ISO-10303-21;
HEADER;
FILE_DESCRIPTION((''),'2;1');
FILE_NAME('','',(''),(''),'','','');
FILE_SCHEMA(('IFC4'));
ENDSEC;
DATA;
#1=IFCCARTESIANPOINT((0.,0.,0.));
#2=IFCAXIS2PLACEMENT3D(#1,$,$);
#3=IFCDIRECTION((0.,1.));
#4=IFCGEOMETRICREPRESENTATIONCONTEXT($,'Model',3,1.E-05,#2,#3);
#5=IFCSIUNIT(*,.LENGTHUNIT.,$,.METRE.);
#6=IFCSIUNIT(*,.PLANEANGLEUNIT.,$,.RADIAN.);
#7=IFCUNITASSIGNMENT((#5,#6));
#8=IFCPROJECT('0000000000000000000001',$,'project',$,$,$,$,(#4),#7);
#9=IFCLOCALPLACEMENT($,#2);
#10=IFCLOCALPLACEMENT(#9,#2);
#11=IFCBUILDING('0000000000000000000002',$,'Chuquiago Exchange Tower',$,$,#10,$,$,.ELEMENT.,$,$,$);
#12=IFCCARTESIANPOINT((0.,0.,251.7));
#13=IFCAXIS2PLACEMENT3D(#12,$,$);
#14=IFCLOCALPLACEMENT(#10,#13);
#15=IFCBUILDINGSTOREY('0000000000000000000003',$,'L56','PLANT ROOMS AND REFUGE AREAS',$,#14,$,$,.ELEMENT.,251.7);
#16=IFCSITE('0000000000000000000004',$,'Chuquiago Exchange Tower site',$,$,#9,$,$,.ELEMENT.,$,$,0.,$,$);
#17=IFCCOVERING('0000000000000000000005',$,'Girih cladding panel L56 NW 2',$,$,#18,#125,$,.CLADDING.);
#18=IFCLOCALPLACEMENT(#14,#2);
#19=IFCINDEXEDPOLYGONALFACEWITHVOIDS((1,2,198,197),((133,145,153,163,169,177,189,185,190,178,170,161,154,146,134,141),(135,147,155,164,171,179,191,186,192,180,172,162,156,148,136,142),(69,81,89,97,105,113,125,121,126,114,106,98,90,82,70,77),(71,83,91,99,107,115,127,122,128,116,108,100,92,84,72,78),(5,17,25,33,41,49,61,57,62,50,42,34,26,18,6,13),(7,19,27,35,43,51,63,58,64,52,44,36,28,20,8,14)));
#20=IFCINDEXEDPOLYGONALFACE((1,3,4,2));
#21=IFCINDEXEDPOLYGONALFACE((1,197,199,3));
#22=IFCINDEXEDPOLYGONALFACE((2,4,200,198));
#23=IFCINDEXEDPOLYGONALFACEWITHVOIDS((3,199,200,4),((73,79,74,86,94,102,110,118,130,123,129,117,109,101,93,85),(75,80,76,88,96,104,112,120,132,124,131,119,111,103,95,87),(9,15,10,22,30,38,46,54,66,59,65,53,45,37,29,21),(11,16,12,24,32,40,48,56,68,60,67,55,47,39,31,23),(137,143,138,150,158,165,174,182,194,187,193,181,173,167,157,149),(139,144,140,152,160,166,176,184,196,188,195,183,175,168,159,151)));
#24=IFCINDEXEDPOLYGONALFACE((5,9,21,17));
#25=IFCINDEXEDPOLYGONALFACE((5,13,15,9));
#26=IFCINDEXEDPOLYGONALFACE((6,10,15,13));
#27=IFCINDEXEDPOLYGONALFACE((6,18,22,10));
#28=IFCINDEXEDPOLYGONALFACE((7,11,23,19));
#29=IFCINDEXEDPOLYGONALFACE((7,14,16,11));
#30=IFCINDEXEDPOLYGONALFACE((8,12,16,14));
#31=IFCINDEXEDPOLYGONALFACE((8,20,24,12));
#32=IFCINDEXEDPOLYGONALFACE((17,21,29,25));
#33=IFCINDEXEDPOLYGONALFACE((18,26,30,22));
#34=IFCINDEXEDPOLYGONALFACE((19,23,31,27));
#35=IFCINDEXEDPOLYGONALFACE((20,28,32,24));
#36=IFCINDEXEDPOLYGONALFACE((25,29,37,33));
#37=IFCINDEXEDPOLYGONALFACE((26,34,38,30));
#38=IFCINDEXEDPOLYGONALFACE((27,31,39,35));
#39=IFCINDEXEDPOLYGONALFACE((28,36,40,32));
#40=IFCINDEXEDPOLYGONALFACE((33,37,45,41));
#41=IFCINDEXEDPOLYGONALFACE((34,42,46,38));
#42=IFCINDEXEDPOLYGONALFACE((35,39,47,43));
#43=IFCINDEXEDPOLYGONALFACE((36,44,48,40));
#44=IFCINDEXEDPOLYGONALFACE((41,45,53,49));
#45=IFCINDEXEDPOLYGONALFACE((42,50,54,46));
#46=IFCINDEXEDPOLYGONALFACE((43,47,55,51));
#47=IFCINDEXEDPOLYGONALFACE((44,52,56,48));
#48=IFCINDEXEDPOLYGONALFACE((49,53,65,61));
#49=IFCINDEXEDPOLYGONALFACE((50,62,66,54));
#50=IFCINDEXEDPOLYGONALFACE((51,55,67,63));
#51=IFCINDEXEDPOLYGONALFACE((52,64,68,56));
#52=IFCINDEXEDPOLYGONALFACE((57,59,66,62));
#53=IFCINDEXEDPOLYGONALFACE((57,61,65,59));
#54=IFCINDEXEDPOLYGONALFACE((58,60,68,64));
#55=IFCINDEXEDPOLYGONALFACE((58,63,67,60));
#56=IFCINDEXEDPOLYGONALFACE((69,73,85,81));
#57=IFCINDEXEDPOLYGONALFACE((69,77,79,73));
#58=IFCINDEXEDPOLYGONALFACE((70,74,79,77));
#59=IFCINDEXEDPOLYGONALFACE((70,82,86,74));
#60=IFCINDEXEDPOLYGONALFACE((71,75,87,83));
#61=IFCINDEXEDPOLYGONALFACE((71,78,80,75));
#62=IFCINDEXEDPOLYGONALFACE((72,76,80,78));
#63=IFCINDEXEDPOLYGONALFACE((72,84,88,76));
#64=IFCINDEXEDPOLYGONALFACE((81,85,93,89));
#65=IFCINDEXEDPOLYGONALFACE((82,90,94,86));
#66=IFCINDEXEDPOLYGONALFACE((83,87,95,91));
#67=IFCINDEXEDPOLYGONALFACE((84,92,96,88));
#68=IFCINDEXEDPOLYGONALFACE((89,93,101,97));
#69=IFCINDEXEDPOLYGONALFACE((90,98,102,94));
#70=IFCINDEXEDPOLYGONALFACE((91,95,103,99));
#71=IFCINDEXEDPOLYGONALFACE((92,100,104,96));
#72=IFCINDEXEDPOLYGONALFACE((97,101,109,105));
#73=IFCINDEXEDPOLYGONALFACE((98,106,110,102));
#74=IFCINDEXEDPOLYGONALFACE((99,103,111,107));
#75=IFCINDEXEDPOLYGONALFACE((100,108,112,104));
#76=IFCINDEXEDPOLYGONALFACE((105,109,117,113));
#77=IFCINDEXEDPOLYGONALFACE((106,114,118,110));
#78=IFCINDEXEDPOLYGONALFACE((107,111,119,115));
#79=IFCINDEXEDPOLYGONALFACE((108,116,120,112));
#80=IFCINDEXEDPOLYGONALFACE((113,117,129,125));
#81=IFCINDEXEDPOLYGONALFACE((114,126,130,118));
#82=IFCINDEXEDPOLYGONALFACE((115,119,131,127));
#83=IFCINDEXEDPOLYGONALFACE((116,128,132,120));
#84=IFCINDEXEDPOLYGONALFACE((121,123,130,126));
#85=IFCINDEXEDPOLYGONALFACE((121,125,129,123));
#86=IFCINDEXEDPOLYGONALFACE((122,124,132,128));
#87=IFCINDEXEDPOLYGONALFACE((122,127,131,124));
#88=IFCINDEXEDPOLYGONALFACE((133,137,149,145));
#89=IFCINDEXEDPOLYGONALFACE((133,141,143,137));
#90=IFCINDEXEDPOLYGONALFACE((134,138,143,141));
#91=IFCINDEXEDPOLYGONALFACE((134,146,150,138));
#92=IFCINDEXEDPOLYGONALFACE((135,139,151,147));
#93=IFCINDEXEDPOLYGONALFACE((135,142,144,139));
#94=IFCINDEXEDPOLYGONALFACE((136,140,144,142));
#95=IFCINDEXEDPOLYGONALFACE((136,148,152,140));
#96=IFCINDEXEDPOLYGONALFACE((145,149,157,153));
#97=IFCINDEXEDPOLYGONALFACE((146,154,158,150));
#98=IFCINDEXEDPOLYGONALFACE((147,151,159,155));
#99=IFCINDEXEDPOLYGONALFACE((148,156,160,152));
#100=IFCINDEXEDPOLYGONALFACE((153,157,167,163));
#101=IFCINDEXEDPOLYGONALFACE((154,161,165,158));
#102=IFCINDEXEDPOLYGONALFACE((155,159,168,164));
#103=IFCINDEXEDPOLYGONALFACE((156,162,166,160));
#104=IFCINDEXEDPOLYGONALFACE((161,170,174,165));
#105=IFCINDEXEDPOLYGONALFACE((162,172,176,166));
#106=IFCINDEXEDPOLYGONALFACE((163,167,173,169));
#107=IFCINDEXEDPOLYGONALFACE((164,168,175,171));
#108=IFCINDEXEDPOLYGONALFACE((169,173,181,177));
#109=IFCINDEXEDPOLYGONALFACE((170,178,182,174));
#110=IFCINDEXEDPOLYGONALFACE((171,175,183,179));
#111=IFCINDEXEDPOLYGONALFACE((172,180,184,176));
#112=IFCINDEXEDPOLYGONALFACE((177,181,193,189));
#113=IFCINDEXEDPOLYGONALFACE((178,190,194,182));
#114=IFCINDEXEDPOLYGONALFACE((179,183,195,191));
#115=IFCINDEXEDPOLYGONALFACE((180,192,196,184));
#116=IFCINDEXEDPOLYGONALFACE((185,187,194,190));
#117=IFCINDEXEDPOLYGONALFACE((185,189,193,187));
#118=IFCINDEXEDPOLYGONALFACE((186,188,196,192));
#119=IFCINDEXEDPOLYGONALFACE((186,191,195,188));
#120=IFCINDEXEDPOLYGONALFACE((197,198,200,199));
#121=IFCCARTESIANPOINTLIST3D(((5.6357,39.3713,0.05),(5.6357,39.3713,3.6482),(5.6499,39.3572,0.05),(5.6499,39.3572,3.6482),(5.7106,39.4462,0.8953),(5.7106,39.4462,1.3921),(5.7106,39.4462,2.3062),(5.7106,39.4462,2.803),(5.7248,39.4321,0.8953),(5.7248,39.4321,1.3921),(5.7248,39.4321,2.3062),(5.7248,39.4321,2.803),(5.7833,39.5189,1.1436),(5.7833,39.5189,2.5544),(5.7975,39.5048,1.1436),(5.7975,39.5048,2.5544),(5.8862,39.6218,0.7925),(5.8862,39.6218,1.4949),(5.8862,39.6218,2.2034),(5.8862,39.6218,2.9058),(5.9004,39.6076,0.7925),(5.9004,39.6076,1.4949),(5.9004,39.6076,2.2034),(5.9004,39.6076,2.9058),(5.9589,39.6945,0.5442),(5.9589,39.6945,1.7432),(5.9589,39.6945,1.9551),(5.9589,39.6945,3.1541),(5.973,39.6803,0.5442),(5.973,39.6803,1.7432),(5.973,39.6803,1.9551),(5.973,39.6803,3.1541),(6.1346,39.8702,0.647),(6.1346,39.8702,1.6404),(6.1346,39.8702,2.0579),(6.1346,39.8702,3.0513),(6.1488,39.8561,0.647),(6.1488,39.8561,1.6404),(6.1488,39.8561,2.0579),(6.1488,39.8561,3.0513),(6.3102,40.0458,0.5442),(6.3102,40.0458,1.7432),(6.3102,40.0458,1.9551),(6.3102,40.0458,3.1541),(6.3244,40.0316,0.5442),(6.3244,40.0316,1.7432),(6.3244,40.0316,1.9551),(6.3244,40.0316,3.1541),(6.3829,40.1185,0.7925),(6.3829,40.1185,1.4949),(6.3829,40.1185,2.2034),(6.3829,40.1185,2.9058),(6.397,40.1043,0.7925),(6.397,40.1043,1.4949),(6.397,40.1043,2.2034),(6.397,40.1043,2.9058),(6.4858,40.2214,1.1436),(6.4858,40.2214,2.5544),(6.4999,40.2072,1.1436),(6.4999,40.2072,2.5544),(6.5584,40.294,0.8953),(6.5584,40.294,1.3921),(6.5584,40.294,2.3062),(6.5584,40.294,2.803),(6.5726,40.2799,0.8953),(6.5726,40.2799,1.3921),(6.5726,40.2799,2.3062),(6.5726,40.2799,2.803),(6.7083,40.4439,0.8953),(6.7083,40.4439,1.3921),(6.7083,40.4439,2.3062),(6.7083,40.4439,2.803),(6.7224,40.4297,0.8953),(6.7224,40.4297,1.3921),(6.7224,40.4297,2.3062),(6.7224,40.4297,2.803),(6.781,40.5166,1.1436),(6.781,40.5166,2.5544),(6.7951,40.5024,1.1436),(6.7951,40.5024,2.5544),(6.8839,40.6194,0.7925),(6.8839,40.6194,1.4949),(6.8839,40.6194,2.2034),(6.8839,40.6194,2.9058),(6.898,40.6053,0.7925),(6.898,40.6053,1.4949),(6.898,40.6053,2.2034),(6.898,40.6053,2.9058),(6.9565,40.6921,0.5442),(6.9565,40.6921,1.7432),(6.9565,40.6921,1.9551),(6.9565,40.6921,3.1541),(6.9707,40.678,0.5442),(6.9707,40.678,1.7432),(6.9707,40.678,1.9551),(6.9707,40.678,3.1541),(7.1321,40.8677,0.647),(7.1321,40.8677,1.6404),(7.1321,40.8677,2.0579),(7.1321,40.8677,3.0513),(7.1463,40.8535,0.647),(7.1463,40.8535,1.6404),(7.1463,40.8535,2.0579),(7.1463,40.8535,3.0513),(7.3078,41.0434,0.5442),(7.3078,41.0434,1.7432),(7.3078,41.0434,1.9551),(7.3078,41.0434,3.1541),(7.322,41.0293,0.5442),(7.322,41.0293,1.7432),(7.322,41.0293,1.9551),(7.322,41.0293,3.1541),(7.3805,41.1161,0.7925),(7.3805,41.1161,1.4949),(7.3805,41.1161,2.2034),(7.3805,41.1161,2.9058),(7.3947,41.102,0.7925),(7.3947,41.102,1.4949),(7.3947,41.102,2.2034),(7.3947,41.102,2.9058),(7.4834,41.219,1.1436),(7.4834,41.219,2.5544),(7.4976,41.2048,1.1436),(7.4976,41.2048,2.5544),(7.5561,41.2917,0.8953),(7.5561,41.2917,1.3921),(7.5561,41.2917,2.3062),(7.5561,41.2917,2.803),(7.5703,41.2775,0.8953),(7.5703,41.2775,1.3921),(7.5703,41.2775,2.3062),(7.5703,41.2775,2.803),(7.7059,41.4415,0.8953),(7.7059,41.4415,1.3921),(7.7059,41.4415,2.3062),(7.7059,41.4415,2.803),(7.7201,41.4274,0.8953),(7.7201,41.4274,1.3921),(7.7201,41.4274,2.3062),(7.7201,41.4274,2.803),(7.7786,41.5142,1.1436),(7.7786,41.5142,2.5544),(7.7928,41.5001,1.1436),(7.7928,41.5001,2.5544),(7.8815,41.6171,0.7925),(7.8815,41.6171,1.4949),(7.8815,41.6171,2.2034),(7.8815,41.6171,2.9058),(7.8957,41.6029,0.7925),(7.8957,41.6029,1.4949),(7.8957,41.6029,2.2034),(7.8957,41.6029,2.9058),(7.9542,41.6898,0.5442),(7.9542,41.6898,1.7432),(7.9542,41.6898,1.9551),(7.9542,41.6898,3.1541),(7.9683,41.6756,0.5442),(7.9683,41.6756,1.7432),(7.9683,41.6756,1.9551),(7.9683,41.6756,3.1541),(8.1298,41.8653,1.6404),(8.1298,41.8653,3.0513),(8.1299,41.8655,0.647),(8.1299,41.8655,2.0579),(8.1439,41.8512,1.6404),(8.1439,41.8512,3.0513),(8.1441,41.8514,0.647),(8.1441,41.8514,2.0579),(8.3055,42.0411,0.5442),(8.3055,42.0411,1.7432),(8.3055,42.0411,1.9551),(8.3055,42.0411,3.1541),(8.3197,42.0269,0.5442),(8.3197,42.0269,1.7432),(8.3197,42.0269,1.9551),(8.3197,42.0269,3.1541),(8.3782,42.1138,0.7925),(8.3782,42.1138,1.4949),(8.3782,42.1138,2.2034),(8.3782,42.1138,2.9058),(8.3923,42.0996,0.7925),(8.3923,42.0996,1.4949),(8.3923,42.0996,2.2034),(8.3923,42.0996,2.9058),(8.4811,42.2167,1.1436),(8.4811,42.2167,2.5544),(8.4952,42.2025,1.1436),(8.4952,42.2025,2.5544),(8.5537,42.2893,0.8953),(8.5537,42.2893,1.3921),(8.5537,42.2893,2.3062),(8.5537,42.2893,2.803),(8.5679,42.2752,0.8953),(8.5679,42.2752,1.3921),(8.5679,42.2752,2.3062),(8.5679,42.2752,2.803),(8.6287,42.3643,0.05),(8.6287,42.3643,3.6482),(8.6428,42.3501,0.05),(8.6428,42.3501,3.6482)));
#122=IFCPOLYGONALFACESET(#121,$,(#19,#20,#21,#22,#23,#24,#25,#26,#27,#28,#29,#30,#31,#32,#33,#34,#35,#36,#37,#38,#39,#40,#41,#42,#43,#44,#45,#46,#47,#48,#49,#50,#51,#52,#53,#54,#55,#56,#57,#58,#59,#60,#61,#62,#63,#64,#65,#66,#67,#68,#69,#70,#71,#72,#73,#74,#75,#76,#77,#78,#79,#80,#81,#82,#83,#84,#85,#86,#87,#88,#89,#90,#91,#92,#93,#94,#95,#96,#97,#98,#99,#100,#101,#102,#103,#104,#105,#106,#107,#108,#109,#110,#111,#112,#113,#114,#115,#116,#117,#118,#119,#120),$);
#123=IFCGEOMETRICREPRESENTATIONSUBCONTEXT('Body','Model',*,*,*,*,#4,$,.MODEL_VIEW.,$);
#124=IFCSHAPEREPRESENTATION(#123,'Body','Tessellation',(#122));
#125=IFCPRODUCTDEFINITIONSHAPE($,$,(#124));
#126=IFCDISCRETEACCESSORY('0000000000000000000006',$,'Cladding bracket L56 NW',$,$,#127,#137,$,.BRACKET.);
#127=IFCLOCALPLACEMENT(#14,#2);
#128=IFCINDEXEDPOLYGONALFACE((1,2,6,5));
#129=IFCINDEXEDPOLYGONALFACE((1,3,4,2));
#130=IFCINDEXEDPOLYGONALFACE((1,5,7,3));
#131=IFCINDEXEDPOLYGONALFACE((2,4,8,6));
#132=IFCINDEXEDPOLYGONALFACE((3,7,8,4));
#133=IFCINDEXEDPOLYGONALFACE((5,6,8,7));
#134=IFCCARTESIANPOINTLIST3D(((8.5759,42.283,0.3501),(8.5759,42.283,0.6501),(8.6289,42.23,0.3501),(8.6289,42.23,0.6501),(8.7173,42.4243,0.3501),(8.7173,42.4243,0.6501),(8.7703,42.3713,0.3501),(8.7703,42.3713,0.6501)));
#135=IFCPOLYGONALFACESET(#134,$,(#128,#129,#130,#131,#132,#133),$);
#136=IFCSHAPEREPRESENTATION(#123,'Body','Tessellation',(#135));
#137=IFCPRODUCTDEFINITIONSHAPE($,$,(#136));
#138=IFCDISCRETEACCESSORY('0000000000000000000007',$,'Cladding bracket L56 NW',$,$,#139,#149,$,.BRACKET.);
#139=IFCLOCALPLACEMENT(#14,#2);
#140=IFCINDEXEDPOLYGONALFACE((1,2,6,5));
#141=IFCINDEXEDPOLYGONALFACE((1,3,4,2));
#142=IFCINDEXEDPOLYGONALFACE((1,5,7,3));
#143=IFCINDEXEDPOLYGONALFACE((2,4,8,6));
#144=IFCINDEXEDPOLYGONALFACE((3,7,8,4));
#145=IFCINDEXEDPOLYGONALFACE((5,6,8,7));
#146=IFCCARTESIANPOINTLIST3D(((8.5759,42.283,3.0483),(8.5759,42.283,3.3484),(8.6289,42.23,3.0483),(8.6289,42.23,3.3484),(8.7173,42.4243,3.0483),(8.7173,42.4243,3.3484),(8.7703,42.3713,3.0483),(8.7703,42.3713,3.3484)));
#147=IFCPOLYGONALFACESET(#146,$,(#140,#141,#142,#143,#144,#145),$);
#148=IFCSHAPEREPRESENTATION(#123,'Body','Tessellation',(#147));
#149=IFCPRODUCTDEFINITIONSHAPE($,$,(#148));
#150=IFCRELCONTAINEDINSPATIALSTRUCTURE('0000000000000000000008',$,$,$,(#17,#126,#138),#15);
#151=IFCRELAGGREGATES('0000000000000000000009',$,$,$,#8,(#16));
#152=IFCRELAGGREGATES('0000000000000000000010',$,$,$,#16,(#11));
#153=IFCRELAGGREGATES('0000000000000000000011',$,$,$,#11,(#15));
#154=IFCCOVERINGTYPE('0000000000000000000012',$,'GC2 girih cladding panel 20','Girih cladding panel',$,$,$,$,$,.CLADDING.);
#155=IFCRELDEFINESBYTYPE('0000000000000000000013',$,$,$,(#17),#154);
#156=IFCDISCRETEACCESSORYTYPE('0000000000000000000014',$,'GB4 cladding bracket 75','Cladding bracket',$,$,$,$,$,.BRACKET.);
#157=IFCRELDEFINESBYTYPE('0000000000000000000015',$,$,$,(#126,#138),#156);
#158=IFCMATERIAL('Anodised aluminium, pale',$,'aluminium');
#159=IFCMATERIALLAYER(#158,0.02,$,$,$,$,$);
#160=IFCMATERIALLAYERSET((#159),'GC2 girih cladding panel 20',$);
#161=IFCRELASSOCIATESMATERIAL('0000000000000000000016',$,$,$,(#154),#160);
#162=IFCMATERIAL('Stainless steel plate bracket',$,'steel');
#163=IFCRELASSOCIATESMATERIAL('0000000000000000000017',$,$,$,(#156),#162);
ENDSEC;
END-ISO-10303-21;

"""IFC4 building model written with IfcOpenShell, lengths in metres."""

from ifc_helpers import new_model, si_unit, direction, frame, origin, origin_2d, place, context, subcontext, project, spatial, polyline, rectangle, outline, extrude, material, layer, layer_set, type_object, element, save


model = new_model("IFC4")

# Units and contexts
model_context = context("Model", 3, precision=1e-05, world=origin(), true_north=direction((0.0, 1.0)))
body_context = subcontext(model_context, "Body", "Model", "MODEL_VIEW")
ifc_project = project(units=[si_unit("LENGTHUNIT", "METRE"), si_unit("PLANEANGLEUNIT", "RADIAN")], contexts=[model_context])

# Site, building, storey
site_placement = place(None, origin())
site = spatial("IfcSite", under=ifc_project, at=site_placement, Name="Chuquiago Exchange Tower site", CompositionType="ELEMENT", RefElevation=0.0)
building_placement = place(site_placement, origin())
building = spatial("IfcBuilding", under=site, at=building_placement, Name="Chuquiago Exchange Tower", CompositionType="ELEMENT")
storey_placement = place(building_placement, frame((0.0, 0.0, 251.7)))
storey = spatial("IfcBuildingStorey", under=building, at=storey_placement, Name="L56", Description="PLANT ROOMS AND REFUGE AREAS", CompositionType="ELEMENT", Elevation=251.7)

# Covering
ifc_material_1 = material(Name="Anodised aluminium, pale", Category="aluminium")
ifc_layer_1 = layer(ifc_material_1, 0.02)
ifc_layer_set_1 = layer_set([ifc_layer_1], Name="GC2 girih cladding panel 20")
covering_type = type_object("IfcCoveringType", Name="GC2 girih cladding panel 20", Description="Girih cladding panel", PredefinedType="CLADDING", material=ifc_layer_set_1)
covering_placement = place(storey_placement, frame((8.6428, 42.3501, 0.05), z_axis=(0.0, 0.0, 1.0), x_axis=(-0.707107, -0.707107, 0.0)))
element("IfcCovering", 1, at=covering_placement, inside=storey, type_object=covering_type, Name="Girih cladding panel L56 NW 2", PredefinedType="CLADDING", context=body_context, shape_type="SweptSolid", body=[
    extrude(outline(polyline([(0.0, 0.0), (4.2327, 0.0), (4.2327, 3.5981), (0.0, 3.5981), (0.0, 0.0)]), holes=[polyline([(1.2021, 1.0935), (1.3049, 1.342), (1.0566, 1.4448), (0.9539, 1.6931), (0.7056, 1.5903), (0.457, 1.6931), (0.3542, 1.4448), (0.106, 1.342), (0.2087, 1.0935), (0.106, 0.8452), (0.3542, 0.7424), (0.457, 0.4941), (0.7053, 0.5969), (0.9539, 0.4941), (1.0566, 0.7424), (1.3049, 0.8452), (1.2021, 1.0935)]), polyline([(2.613, 1.0935), (2.7158, 1.342), (2.4675, 1.4448), (2.3647, 1.6931), (2.1165, 1.5903), (1.8679, 1.6931), (1.7651, 1.4448), (1.5168, 1.342), (1.6196, 1.0935), (1.5168, 0.8452), (1.7651, 0.7424), (1.8679, 0.4941), (2.1165, 0.5969), (2.3647, 0.4941), (2.4675, 0.7424), (2.7158, 0.8452), (2.613, 1.0935)]), polyline([(4.0239, 1.0935), (4.1267, 1.342), (3.8784, 1.4448), (3.7756, 1.6931), (3.5271, 1.5903), (3.2788, 1.6931), (3.176, 1.4448), (2.9277, 1.342), (3.0305, 1.0935), (2.9277, 0.8452), (3.176, 0.7424), (3.2788, 0.4941), (3.5271, 0.5969), (3.7756, 0.4941), (3.8784, 0.7424), (4.1267, 0.8452), (4.0239, 1.0935)]), polyline([(1.2021, 2.5044), (1.3049, 2.7529), (1.0566, 2.8557), (0.9539, 3.104), (0.7056, 3.0012), (0.457, 3.104), (0.3542, 2.8557), (0.106, 2.7529), (0.2087, 2.5044), (0.106, 2.2561), (0.3542, 2.1533), (0.457, 1.905), (0.7053, 2.0078), (0.9539, 1.905), (1.0566, 2.1533), (1.3049, 2.2561), (1.2021, 2.5044)]), polyline([(2.613, 2.5044), (2.7158, 2.7529), (2.4675, 2.8557), (2.3647, 3.104), (2.1165, 3.0012), (1.8679, 3.104), (1.7651, 2.8557), (1.5168, 2.7529), (1.6196, 2.5044), (1.5168, 2.2561), (1.7651, 2.1533), (1.8679, 1.905), (2.1165, 2.0078), (2.3647, 1.905), (2.4675, 2.1533), (2.7158, 2.2561), (2.613, 2.5044)]), polyline([(4.0239, 2.5044), (4.1267, 2.7529), (3.8784, 2.8557), (3.7756, 3.104), (3.5271, 3.0012), (3.2788, 3.104), (3.176, 2.8557), (2.9277, 2.7529), (3.0305, 2.5044), (2.9277, 2.2561), (3.176, 2.1533), (3.2788, 1.905), (3.5271, 2.0078), (3.7756, 1.905), (3.8784, 2.1533), (4.1267, 2.2561), (4.0239, 2.5044)])]), frame((0.0, 0.0, 0.0), z_axis=(0.0, -1.0, 0.0), x_axis=(1.0, 0.0, 0.0)), (0.0, 0.0, 1.0), 0.02),
])

# Discrete accessories
ifc_material_2 = material(Name="Stainless steel plate bracket", Category="steel")
discrete_accessory_type = type_object("IfcDiscreteAccessoryType", Name="GB4 cladding bracket 75", Description="Cladding bracket", PredefinedType="BRACKET", material=ifc_material_2)
for number, where, z_axis, x_axis, name in (
    (2, (8.6731, 42.3271, 0.3501), (0.0, 0.0, 1.0), (-0.707107, -0.707107, 0.0), "Cladding bracket L56 NW"),
    (3, (8.6731, 42.3271, 3.0483), (0.0, 0.0, 1.0), (-0.707107, -0.707107, 0.0), "Cladding bracket L56 NW"),
):
    element("IfcDiscreteAccessory", number, at=place(storey_placement, frame(where, z_axis=z_axis, x_axis=x_axis)), inside=storey, type_object=discrete_accessory_type, Name=name, PredefinedType="BRACKET", context=body_context, shape_type="SweptSolid", body=[
        extrude(rectangle(XDim=0.2, YDim=0.075, at=origin_2d()), origin(), (0.0, 0.0, 1.0), 0.3),
    ])

save(model, "model.ifc")
